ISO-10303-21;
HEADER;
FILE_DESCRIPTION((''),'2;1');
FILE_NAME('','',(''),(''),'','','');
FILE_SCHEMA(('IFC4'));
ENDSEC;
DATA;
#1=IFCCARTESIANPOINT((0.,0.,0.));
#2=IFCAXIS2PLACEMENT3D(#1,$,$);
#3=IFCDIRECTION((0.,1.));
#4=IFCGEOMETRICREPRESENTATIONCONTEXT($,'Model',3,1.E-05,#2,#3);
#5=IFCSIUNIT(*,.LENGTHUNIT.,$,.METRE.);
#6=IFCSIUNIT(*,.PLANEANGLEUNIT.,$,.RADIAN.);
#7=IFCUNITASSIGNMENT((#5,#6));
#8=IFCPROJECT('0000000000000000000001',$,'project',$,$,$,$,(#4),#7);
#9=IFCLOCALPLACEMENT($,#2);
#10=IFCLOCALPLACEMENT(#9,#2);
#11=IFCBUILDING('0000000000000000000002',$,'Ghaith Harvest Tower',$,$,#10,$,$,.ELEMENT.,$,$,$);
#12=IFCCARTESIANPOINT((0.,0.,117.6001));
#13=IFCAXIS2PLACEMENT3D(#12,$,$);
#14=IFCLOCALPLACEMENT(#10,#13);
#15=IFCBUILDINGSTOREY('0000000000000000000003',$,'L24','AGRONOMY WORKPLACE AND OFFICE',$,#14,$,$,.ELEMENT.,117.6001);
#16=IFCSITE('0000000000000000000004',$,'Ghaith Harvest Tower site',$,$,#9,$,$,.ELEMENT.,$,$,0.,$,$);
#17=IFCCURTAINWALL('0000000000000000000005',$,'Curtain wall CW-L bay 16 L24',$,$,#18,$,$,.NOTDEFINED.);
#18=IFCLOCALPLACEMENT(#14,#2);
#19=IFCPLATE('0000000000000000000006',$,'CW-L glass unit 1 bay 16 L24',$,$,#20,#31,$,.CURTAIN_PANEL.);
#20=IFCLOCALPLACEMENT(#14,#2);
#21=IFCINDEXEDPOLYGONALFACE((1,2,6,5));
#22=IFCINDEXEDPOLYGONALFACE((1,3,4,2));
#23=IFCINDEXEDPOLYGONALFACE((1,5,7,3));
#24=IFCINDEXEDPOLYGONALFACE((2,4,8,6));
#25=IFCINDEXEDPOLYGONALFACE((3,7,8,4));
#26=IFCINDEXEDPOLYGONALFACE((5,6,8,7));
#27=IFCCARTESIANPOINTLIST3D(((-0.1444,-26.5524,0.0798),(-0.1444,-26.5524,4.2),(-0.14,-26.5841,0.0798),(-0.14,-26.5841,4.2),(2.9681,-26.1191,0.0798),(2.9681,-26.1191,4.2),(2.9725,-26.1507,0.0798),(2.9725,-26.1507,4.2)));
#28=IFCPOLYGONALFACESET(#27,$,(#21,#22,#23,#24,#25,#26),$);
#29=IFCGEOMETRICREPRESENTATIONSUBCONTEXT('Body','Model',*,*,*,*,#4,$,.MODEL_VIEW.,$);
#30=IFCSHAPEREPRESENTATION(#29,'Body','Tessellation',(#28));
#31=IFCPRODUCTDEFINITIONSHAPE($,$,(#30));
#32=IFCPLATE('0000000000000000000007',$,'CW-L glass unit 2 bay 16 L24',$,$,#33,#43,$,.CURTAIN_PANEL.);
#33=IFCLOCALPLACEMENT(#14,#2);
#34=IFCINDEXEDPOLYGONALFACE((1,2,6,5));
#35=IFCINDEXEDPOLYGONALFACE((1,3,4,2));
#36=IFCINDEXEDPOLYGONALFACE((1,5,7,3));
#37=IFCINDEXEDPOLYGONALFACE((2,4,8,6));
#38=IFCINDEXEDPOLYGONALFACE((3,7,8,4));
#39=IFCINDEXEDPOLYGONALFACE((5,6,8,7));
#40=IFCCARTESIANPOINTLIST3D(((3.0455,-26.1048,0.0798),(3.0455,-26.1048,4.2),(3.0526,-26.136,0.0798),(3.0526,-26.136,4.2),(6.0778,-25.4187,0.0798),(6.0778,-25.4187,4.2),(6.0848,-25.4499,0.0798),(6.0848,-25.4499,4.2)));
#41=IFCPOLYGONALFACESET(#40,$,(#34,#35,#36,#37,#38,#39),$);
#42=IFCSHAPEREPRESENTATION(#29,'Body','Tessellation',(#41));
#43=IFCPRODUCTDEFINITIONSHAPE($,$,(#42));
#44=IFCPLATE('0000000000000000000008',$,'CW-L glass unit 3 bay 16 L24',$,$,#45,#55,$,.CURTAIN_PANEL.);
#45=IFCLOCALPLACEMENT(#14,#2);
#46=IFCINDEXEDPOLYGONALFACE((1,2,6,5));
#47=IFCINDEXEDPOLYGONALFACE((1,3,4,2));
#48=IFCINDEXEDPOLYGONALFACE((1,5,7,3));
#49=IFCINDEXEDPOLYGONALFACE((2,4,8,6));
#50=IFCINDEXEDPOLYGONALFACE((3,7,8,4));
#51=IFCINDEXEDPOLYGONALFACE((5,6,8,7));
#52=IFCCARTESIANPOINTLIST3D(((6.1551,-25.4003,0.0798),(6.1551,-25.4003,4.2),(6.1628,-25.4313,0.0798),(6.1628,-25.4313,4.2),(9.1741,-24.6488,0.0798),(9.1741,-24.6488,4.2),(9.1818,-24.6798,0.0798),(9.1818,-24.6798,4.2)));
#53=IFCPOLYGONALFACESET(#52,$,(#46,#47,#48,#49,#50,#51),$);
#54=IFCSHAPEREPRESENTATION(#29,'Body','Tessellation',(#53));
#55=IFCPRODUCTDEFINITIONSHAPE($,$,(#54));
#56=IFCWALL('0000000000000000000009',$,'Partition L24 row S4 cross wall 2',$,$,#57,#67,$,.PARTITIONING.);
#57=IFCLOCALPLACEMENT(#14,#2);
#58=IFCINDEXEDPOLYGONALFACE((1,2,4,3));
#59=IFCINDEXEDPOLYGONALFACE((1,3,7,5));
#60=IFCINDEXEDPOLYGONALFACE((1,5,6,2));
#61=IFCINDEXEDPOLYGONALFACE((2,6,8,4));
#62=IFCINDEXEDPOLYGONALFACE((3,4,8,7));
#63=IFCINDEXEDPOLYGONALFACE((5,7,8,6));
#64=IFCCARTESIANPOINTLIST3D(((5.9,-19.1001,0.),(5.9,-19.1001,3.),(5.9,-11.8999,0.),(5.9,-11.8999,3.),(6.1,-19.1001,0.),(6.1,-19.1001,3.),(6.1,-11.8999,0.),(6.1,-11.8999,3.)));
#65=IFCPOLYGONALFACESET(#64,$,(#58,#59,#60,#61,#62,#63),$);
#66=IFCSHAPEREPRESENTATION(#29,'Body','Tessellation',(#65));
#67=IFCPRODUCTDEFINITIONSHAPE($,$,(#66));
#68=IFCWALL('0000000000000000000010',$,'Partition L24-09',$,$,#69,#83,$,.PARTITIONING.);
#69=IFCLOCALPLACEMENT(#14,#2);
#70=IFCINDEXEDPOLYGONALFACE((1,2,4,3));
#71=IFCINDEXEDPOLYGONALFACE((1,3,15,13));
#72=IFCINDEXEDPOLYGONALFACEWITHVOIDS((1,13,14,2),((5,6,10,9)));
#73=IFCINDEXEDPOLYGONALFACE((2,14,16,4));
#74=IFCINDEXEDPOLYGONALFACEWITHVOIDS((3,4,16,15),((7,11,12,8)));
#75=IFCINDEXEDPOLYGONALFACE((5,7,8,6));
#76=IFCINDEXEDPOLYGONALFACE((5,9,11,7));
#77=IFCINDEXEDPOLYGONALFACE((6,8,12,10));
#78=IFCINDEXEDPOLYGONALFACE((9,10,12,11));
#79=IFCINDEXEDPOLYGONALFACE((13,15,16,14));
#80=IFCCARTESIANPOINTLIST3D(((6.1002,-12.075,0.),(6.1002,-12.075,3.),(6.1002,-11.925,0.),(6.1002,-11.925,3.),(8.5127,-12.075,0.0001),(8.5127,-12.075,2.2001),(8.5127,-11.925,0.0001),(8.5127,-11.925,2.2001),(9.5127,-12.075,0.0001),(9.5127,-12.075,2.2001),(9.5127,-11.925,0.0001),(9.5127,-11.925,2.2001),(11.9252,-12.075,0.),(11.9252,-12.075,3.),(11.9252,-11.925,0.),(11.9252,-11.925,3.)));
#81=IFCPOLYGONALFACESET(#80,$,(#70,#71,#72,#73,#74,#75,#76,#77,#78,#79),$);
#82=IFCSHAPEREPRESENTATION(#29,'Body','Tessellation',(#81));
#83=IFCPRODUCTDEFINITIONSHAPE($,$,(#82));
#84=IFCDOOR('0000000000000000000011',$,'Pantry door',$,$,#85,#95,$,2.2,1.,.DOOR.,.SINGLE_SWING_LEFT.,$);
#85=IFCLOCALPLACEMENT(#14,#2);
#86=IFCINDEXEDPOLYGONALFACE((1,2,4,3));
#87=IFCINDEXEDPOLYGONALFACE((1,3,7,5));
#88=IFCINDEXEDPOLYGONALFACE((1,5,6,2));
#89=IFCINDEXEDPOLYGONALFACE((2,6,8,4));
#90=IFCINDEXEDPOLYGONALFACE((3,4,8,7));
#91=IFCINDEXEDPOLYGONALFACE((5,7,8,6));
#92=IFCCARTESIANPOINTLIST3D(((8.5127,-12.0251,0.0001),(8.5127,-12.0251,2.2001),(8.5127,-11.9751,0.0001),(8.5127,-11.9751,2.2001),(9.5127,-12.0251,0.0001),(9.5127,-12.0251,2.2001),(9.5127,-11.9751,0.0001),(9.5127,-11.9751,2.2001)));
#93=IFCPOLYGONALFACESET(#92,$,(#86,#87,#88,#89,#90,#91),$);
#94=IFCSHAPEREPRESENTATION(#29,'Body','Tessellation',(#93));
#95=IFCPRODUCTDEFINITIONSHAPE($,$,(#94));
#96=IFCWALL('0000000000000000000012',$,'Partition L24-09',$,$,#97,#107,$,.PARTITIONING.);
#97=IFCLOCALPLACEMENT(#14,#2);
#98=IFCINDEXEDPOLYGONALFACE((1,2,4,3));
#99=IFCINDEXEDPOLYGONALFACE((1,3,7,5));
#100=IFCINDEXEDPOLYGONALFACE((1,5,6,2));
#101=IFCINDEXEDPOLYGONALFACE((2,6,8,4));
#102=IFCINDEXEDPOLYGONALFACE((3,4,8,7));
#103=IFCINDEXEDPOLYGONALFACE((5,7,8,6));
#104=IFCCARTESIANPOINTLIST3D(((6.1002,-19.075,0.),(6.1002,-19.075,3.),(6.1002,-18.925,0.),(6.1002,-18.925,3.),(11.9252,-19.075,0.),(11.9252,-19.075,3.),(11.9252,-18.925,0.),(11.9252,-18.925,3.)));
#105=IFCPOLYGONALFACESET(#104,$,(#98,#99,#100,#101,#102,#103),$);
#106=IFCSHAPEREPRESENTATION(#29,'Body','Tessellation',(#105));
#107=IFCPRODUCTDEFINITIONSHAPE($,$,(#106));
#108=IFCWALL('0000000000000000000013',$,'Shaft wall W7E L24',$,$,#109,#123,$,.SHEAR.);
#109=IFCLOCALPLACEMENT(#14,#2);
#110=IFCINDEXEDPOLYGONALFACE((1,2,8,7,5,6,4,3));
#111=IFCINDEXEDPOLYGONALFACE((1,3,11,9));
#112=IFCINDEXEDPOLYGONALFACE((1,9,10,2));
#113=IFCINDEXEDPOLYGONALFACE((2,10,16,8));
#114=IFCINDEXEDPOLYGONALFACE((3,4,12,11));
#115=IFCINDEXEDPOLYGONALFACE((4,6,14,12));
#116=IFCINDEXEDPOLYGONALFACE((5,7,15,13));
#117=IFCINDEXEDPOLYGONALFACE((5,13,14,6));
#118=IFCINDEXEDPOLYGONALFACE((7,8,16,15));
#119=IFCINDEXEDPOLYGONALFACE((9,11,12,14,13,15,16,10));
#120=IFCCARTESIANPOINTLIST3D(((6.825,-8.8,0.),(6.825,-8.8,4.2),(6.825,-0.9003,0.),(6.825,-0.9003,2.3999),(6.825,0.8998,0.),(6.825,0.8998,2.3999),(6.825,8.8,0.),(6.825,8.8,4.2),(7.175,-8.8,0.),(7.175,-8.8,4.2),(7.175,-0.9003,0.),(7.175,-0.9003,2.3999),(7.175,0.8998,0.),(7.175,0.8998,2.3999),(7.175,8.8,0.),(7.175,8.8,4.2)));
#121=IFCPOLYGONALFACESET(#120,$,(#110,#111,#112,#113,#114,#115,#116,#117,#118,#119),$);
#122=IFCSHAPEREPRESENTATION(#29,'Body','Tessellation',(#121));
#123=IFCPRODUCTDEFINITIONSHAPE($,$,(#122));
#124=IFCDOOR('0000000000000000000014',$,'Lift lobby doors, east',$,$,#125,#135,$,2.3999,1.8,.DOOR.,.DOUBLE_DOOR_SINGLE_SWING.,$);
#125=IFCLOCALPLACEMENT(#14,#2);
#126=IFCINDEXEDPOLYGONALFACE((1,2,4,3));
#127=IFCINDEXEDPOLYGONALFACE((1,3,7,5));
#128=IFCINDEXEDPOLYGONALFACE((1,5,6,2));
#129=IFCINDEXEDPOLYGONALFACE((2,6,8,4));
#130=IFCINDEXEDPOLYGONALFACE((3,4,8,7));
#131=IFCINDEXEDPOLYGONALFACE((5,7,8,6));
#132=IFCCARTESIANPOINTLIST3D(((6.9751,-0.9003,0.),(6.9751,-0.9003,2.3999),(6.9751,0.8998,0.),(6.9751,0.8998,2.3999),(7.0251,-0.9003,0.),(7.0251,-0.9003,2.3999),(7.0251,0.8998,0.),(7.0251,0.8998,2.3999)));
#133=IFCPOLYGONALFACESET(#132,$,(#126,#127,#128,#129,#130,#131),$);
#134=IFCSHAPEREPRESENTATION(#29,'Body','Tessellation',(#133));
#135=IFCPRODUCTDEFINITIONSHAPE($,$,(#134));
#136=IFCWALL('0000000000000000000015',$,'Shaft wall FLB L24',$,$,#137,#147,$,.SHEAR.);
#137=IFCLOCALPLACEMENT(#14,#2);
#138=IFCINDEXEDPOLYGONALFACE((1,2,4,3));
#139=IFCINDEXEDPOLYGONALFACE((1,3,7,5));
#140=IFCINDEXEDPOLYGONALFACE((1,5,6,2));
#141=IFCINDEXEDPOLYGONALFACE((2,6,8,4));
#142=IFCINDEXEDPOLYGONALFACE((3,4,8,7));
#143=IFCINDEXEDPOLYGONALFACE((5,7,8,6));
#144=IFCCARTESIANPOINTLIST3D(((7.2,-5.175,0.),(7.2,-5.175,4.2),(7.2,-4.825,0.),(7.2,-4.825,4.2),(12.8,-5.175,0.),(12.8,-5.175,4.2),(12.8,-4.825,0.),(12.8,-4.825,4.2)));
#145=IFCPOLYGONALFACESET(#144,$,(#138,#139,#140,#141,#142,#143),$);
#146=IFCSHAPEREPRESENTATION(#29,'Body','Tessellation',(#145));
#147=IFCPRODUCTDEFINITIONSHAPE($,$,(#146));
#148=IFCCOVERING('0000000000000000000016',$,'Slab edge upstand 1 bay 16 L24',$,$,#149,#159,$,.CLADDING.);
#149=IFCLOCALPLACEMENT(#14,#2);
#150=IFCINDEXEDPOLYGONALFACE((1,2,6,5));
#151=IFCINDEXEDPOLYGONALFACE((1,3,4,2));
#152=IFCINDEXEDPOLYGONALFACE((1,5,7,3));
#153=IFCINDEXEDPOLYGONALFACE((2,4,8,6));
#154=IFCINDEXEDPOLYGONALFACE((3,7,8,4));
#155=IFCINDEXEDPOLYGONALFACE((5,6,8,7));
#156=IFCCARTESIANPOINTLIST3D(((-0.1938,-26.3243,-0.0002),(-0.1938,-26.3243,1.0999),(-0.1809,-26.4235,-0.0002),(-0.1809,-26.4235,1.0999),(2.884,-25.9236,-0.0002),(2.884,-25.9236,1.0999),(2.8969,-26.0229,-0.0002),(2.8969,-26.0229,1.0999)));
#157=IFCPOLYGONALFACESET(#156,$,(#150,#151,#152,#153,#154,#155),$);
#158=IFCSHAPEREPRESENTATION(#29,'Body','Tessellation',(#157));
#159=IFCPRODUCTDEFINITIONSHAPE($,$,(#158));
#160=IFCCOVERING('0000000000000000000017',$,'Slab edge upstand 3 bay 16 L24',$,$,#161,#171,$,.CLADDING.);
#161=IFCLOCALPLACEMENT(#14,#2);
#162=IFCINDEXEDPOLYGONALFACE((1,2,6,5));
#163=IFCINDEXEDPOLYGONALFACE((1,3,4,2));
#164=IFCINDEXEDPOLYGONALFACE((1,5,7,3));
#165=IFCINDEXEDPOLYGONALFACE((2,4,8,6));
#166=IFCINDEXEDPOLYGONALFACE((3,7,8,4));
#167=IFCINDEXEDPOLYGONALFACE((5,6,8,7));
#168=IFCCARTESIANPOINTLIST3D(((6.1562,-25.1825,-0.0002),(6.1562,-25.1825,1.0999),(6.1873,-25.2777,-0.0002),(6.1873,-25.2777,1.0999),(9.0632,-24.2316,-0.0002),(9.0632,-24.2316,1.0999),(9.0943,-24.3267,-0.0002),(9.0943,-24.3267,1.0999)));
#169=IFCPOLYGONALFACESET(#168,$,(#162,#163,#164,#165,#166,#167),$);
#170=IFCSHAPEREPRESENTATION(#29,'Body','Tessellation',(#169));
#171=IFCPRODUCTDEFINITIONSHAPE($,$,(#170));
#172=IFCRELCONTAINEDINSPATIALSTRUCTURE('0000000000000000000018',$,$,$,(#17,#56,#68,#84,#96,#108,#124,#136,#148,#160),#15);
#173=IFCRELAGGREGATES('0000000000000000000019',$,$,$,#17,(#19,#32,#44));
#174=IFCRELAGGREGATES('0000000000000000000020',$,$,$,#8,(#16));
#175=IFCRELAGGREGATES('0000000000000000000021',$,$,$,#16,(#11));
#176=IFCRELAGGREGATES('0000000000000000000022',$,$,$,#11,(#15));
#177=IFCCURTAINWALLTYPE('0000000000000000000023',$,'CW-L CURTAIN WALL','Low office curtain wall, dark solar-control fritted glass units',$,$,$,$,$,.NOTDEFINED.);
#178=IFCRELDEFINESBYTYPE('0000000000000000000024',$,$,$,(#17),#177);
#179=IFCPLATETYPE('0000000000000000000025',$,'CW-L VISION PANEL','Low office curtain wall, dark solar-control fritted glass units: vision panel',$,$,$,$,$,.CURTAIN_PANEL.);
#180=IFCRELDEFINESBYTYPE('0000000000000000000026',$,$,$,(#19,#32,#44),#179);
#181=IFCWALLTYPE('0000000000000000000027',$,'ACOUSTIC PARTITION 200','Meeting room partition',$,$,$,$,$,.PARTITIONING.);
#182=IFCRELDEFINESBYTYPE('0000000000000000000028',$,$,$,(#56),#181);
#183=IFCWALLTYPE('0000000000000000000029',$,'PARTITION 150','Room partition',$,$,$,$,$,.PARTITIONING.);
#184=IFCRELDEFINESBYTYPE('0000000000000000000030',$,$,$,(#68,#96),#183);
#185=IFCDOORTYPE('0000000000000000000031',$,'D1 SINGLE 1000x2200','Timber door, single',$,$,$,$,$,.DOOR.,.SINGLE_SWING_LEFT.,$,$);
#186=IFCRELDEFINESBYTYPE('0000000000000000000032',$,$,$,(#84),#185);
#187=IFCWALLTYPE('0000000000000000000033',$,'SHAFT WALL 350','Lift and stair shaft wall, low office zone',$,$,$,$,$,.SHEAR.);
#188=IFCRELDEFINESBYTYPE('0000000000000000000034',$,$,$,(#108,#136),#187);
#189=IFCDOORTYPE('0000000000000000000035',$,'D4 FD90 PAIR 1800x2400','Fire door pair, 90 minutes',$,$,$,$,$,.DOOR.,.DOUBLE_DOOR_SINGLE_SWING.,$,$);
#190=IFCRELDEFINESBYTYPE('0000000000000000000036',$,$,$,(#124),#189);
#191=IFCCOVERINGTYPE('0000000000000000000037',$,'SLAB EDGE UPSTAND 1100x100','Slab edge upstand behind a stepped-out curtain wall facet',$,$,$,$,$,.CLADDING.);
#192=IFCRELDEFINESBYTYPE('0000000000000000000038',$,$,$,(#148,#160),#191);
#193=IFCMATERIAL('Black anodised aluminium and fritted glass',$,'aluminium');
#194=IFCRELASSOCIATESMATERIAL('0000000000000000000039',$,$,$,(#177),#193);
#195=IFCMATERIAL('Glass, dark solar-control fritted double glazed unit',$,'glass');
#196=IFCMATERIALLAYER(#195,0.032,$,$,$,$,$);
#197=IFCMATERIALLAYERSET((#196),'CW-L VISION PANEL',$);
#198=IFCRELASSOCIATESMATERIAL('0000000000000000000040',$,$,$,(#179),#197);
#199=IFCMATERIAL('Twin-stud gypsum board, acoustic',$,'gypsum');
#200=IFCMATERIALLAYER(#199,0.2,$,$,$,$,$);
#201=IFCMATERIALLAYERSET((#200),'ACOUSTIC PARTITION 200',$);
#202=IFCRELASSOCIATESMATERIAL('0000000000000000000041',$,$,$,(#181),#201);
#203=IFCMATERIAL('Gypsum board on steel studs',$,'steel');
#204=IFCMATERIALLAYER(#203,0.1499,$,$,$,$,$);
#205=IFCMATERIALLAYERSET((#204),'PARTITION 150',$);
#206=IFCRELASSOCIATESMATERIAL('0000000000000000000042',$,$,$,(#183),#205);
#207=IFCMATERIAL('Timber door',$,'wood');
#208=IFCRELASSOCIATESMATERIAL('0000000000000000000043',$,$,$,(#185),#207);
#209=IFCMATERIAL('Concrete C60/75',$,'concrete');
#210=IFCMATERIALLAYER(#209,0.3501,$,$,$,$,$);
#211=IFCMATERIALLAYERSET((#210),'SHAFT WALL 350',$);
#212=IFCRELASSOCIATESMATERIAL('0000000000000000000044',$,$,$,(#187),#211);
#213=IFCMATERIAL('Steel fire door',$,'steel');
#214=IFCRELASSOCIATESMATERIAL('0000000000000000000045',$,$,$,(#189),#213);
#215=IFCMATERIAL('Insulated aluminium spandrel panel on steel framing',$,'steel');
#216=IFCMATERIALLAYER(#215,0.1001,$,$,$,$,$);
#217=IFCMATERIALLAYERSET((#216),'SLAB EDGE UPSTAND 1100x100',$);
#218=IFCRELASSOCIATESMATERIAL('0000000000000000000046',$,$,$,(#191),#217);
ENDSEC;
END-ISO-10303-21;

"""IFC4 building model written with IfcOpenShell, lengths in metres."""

from ifc_helpers import new_model, si_unit, direction, frame, frame_2d, origin, origin_2d, place, context, subcontext, project, spatial, rectangle, extrude, material, layer, layer_set, type_object, element, fill, aggregate, save


model = new_model("IFC4")

# Units and contexts
model_context = context("Model", 3, precision=1e-05, world=origin(), true_north=direction((0.0, 1.0)))
body_context = subcontext(model_context, "Body", "Model", "MODEL_VIEW")
ifc_project = project(units=[si_unit("LENGTHUNIT", "METRE"), si_unit("PLANEANGLEUNIT", "RADIAN")], contexts=[model_context])

# Site, building, storey
site_placement = place(None, origin())
site = spatial("IfcSite", under=ifc_project, at=site_placement, Name="Ghaith Harvest Tower site", CompositionType="ELEMENT", RefElevation=0.0)
building_placement = place(site_placement, origin())
building = spatial("IfcBuilding", under=site, at=building_placement, Name="Ghaith Harvest Tower", CompositionType="ELEMENT")
storey_placement = place(building_placement, frame((0.0, 0.0, 117.6001)))
storey = spatial("IfcBuildingStorey", under=building, at=storey_placement, Name="L24", Description="AGRONOMY WORKPLACE AND OFFICE", CompositionType="ELEMENT", Elevation=117.6001)

# Curtain wall
ifc_material_1 = material(Name="Black anodised aluminium and fritted glass", Category="aluminium")
curtain_wall_type = type_object("IfcCurtainWallType", Name="CW-L CURTAIN WALL", Description="Low office curtain wall, dark solar-control fritted glass units", PredefinedType="NOTDEFINED", material=ifc_material_1)
curtain_wall_1_placement = place(storey_placement, origin())
curtain_wall_1 = element("IfcCurtainWall", 1, at=curtain_wall_1_placement, inside=storey, type_object=curtain_wall_type, Name="Curtain wall CW-L bay 16 L24", PredefinedType="NOTDEFINED")

# Plates
ifc_material_2 = material(Name="Glass, dark solar-control fritted double glazed unit", Category="glass")
ifc_layer_1 = layer(ifc_material_2, 0.032)
ifc_layer_set_1 = layer_set([ifc_layer_1], Name="CW-L VISION PANEL")
plate_type = type_object("IfcPlateType", Name="CW-L VISION PANEL", Description="Low office curtain wall, dark solar-control fritted glass units: vision panel", PredefinedType="CURTAIN_PANEL", material=ifc_layer_set_1)
plate_1_placement = place(storey_placement, frame((1.4141, -26.3516, 0.0798), z_axis=(0.0, 0.0, 1.0), x_axis=(0.990448, 0.137886, 0.0)))
plate_1 = element("IfcPlate", 2, at=plate_1_placement, type_object=plate_type, Name="CW-L glass unit 1 bay 16 L24", PredefinedType="CURTAIN_PANEL", context=body_context, shape_type="SweptSolid", body=[
    extrude(rectangle(XDim=3.1426, YDim=0.032, at=origin_2d()), origin(), (0.0, 0.0, 1.0), 4.1201),
])
plate_2_placement = place(storey_placement, frame((4.5652, -25.7773, 0.0798), z_axis=(0.0, 0.0, 1.0), x_axis=(0.975342, 0.2207, 0.0)))
plate_2 = element("IfcPlate", 3, at=plate_2_placement, type_object=plate_type, Name="CW-L glass unit 2 bay 16 L24", PredefinedType="CURTAIN_PANEL", context=body_context, shape_type="SweptSolid", body=[
    extrude(rectangle(XDim=3.1089, YDim=0.032, at=origin_2d()), origin(), (0.0, 0.0, 1.0), 4.1201),
])
plate_3_placement = place(storey_placement, frame((7.6685, -25.04, 0.0798), z_axis=(0.0, 0.0, 1.0), x_axis=(0.970384, 0.241566, 0.0)))
plate_3 = element("IfcPlate", 4, at=plate_3_placement, type_object=plate_type, Name="CW-L glass unit 3 bay 16 L24", PredefinedType="CURTAIN_PANEL", context=body_context, shape_type="SweptSolid", body=[
    extrude(rectangle(XDim=3.1111, YDim=0.032, at=origin_2d()), origin(), (0.0, 0.0, 1.0), 4.1201),
])
aggregate(curtain_wall_1, [plate_1, plate_2, plate_3])

# Wall
ifc_material_3 = material(Name="Twin-stud gypsum board, acoustic", Category="gypsum")
ifc_layer_2 = layer(ifc_material_3, 0.2)
ifc_layer_set_2 = layer_set([ifc_layer_2], Name="ACOUSTIC PARTITION 200")
wall_type_1 = type_object("IfcWallType", Name="ACOUSTIC PARTITION 200", Description="Meeting room partition", PredefinedType="PARTITIONING", material=ifc_layer_set_2)
wall_1_placement = place(storey_placement, frame((6.0, -11.8999, 0.0), z_axis=(0.0, 0.0, 1.0), x_axis=(0.0, -1.0, 0.0)))
element("IfcWall", 5, at=wall_1_placement, inside=storey, type_object=wall_type_1, Name="Partition L24 row S4 cross wall 2", PredefinedType="PARTITIONING", context=body_context, shape_type="SweptSolid", body=[
    extrude(rectangle(XDim=7.2002, YDim=0.2, at=frame_2d((3.6001, 0.0))), origin(), (0.0, 0.0, 1.0), 3.0),
])

# Wall, opening, door
ifc_material_4 = material(Name="Gypsum board on steel studs", Category="steel")
ifc_layer_3 = layer(ifc_material_4, 0.1499)
ifc_layer_set_3 = layer_set([ifc_layer_3], Name="PARTITION 150")
wall_type_2 = type_object("IfcWallType", Name="PARTITION 150", Description="Room partition", PredefinedType="PARTITIONING", material=ifc_layer_set_3)
wall_2_placement = place(storey_placement, frame((6.1001, -12.0, 0.0), z_axis=(0.0, 0.0, 1.0), x_axis=(1.0, 0.0, 0.0)))
wall_2 = element("IfcWall", 6, at=wall_2_placement, inside=storey, type_object=wall_type_2, Name="Partition L24-09", PredefinedType="PARTITIONING", context=body_context, shape_type="SweptSolid", body=[
    extrude(rectangle(XDim=5.825, YDim=0.1499, at=frame_2d((2.9126, 0.0))), origin(), (0.0, 0.0, 1.0), 3.0),
])
opening_1_placement = place(wall_2_placement, frame((2.4126, 0.0, 0.0)))
opening_1 = element("IfcOpeningElement", 7, at=opening_1_placement, cuts=wall_2, PredefinedType="OPENING", context=body_context, shape_type="SweptSolid", body=[
    extrude(rectangle(XDim=1.0, YDim=2.2, at=frame_2d((0.5, 1.1001))), frame((0.0, 0.085, 0.0), z_axis=(0.0, -1.0, 0.0), x_axis=(1.0, 0.0, 0.0)), (0.0, 0.0, 1.0), 0.1699),
])
ifc_material_5 = material(Name="Timber door", Category="wood")
door_type_1 = type_object("IfcDoorType", Name="D1 SINGLE 1000x2200", Description="Timber door, single", OperationType="SINGLE_SWING_LEFT", PredefinedType="DOOR", material=ifc_material_5)
door_1_placement = place(opening_1_placement, origin())
door_1 = element("IfcDoor", 8, at=door_1_placement, inside=storey, type_object=door_type_1, Name="Pantry door", OperationType="SINGLE_SWING_LEFT", OverallHeight=2.2, OverallWidth=1.0, PredefinedType="DOOR", context=body_context, shape_type="SweptSolid", body=[
    extrude(rectangle(XDim=1.0, YDim=2.2, at=frame_2d((0.5, 1.1001))), frame((0.0, 0.0249, 0.0), z_axis=(0.0, -1.0, 0.0), x_axis=(1.0, 0.0, 0.0)), (0.0, 0.0, 1.0), 0.05),
])
fill(opening_1, door_1)

# Wall
wall_3_placement = place(storey_placement, frame((6.1001, -19.0, 0.0), z_axis=(0.0, 0.0, 1.0), x_axis=(1.0, 0.0, 0.0)))
element("IfcWall", 9, at=wall_3_placement, inside=storey, type_object=wall_type_2, Name="Partition L24-09", PredefinedType="PARTITIONING", context=body_context, shape_type="SweptSolid", body=[
    extrude(rectangle(XDim=5.825, YDim=0.1499, at=frame_2d((2.9126, 0.0))), origin(), (0.0, 0.0, 1.0), 3.0),
])

# Wall, opening, door
ifc_material_6 = material(Name="Concrete C60/75", Category="concrete")
ifc_layer_4 = layer(ifc_material_6, 0.3501)
ifc_layer_set_4 = layer_set([ifc_layer_4], Name="SHAFT WALL 350")
wall_type_3 = type_object("IfcWallType", Name="SHAFT WALL 350", Description="Lift and stair shaft wall, low office zone", PredefinedType="SHEAR", material=ifc_layer_set_4)
wall_4_placement = place(storey_placement, frame((7.0, -8.8, 0.0), z_axis=(0.0, 0.0, 1.0), x_axis=(0.0, 1.0, 0.0)))
wall_4 = element("IfcWall", 10, at=wall_4_placement, inside=storey, type_object=wall_type_3, Name="Shaft wall W7E L24", PredefinedType="SHEAR", context=body_context, shape_type="SweptSolid", body=[
    extrude(rectangle(XDim=17.6001, YDim=0.3501, at=frame_2d((8.8, 0.0))), origin(), (0.0, 0.0, 1.0), 4.2),
])
opening_2_placement = place(wall_4_placement, frame((7.8999, 0.0, 0.0)))
opening_2 = element("IfcOpeningElement", 11, at=opening_2_placement, cuts=wall_4, PredefinedType="OPENING", context=body_context, shape_type="SweptSolid", body=[
    extrude(rectangle(XDim=1.8, YDim=2.3999, at=frame_2d((0.8999, 1.2))), frame((0.0, 0.1851, 0.0), z_axis=(0.0, -1.0, 0.0), x_axis=(1.0, 0.0, 0.0)), (0.0, 0.0, 1.0), 0.3701),
])
ifc_material_7 = material(Name="Steel fire door", Category="steel")
door_type_2 = type_object("IfcDoorType", Name="D4 FD90 PAIR 1800x2400", Description="Fire door pair, 90 minutes", OperationType="DOUBLE_DOOR_SINGLE_SWING", PredefinedType="DOOR", material=ifc_material_7)
door_2_placement = place(opening_2_placement, origin())
door_2 = element("IfcDoor", 12, at=door_2_placement, inside=storey, type_object=door_type_2, Name="Lift lobby doors, east", OperationType="DOUBLE_DOOR_SINGLE_SWING", OverallHeight=2.3999, OverallWidth=1.8, PredefinedType="DOOR", context=body_context, shape_type="SweptSolid", body=[
    extrude(rectangle(XDim=1.8, YDim=2.3999, at=frame_2d((0.8999, 1.2))), frame((0.0, 0.0249, 0.0), z_axis=(0.0, -1.0, 0.0), x_axis=(1.0, 0.0, 0.0)), (0.0, 0.0, 1.0), 0.05),
])
fill(opening_2, door_2)

# Wall
wall_5_placement = place(storey_placement, frame((7.2, -5.0, 0.0), z_axis=(0.0, 0.0, 1.0), x_axis=(1.0, 0.0, 0.0)))
element("IfcWall", 13, at=wall_5_placement, inside=storey, type_object=wall_type_3, Name="Shaft wall FLB L24", PredefinedType="SHEAR", context=body_context, shape_type="SweptSolid", body=[
    extrude(rectangle(XDim=5.6001, YDim=0.3501, at=frame_2d((2.8, 0.0))), origin(), (0.0, 0.0, 1.0), 4.2),
])

# Coverings
ifc_material_8 = material(Name="Insulated aluminium spandrel panel on steel framing", Category="steel")
ifc_layer_5 = layer(ifc_material_8, 0.1001)
ifc_layer_set_5 = layer_set([ifc_layer_5], Name="SLAB EDGE UPSTAND 1100x100")
covering_type = type_object("IfcCoveringType", Name="SLAB EDGE UPSTAND 1100x100", Description="Slab edge upstand behind a stepped-out curtain wall facet", PredefinedType="CLADDING", material=ifc_layer_set_5)
covering_1_placement = place(storey_placement, frame((1.3516, -26.1736, -0.0002), z_axis=(0.0, 0.0, 1.0), x_axis=(0.991634, 0.129084, 0.0)))
element("IfcCovering", 14, at=covering_1_placement, inside=storey, type_object=covering_type, Name="Slab edge upstand 1 bay 16 L24", PredefinedType="CLADDING", context=body_context, shape_type="SweptSolid", body=[
    extrude(rectangle(XDim=3.1038, YDim=0.1001, at=origin_2d()), origin(), (0.0, 0.0, 1.0), 1.1001),
])
covering_2_placement = place(storey_placement, frame((7.6252, -24.7546, -0.0002), z_axis=(0.0, 0.0, 1.0), x_axis=(0.950441, 0.310904, 0.0)))
element("IfcCovering", 15, at=covering_2_placement, inside=storey, type_object=covering_type, Name="Slab edge upstand 3 bay 16 L24", PredefinedType="CLADDING", context=body_context, shape_type="SweptSolid", body=[
    extrude(rectangle(XDim=3.0586, YDim=0.1001, at=origin_2d()), origin(), (0.0, 0.0, 1.0), 1.1001),
])

save(model, "model.ifc")
